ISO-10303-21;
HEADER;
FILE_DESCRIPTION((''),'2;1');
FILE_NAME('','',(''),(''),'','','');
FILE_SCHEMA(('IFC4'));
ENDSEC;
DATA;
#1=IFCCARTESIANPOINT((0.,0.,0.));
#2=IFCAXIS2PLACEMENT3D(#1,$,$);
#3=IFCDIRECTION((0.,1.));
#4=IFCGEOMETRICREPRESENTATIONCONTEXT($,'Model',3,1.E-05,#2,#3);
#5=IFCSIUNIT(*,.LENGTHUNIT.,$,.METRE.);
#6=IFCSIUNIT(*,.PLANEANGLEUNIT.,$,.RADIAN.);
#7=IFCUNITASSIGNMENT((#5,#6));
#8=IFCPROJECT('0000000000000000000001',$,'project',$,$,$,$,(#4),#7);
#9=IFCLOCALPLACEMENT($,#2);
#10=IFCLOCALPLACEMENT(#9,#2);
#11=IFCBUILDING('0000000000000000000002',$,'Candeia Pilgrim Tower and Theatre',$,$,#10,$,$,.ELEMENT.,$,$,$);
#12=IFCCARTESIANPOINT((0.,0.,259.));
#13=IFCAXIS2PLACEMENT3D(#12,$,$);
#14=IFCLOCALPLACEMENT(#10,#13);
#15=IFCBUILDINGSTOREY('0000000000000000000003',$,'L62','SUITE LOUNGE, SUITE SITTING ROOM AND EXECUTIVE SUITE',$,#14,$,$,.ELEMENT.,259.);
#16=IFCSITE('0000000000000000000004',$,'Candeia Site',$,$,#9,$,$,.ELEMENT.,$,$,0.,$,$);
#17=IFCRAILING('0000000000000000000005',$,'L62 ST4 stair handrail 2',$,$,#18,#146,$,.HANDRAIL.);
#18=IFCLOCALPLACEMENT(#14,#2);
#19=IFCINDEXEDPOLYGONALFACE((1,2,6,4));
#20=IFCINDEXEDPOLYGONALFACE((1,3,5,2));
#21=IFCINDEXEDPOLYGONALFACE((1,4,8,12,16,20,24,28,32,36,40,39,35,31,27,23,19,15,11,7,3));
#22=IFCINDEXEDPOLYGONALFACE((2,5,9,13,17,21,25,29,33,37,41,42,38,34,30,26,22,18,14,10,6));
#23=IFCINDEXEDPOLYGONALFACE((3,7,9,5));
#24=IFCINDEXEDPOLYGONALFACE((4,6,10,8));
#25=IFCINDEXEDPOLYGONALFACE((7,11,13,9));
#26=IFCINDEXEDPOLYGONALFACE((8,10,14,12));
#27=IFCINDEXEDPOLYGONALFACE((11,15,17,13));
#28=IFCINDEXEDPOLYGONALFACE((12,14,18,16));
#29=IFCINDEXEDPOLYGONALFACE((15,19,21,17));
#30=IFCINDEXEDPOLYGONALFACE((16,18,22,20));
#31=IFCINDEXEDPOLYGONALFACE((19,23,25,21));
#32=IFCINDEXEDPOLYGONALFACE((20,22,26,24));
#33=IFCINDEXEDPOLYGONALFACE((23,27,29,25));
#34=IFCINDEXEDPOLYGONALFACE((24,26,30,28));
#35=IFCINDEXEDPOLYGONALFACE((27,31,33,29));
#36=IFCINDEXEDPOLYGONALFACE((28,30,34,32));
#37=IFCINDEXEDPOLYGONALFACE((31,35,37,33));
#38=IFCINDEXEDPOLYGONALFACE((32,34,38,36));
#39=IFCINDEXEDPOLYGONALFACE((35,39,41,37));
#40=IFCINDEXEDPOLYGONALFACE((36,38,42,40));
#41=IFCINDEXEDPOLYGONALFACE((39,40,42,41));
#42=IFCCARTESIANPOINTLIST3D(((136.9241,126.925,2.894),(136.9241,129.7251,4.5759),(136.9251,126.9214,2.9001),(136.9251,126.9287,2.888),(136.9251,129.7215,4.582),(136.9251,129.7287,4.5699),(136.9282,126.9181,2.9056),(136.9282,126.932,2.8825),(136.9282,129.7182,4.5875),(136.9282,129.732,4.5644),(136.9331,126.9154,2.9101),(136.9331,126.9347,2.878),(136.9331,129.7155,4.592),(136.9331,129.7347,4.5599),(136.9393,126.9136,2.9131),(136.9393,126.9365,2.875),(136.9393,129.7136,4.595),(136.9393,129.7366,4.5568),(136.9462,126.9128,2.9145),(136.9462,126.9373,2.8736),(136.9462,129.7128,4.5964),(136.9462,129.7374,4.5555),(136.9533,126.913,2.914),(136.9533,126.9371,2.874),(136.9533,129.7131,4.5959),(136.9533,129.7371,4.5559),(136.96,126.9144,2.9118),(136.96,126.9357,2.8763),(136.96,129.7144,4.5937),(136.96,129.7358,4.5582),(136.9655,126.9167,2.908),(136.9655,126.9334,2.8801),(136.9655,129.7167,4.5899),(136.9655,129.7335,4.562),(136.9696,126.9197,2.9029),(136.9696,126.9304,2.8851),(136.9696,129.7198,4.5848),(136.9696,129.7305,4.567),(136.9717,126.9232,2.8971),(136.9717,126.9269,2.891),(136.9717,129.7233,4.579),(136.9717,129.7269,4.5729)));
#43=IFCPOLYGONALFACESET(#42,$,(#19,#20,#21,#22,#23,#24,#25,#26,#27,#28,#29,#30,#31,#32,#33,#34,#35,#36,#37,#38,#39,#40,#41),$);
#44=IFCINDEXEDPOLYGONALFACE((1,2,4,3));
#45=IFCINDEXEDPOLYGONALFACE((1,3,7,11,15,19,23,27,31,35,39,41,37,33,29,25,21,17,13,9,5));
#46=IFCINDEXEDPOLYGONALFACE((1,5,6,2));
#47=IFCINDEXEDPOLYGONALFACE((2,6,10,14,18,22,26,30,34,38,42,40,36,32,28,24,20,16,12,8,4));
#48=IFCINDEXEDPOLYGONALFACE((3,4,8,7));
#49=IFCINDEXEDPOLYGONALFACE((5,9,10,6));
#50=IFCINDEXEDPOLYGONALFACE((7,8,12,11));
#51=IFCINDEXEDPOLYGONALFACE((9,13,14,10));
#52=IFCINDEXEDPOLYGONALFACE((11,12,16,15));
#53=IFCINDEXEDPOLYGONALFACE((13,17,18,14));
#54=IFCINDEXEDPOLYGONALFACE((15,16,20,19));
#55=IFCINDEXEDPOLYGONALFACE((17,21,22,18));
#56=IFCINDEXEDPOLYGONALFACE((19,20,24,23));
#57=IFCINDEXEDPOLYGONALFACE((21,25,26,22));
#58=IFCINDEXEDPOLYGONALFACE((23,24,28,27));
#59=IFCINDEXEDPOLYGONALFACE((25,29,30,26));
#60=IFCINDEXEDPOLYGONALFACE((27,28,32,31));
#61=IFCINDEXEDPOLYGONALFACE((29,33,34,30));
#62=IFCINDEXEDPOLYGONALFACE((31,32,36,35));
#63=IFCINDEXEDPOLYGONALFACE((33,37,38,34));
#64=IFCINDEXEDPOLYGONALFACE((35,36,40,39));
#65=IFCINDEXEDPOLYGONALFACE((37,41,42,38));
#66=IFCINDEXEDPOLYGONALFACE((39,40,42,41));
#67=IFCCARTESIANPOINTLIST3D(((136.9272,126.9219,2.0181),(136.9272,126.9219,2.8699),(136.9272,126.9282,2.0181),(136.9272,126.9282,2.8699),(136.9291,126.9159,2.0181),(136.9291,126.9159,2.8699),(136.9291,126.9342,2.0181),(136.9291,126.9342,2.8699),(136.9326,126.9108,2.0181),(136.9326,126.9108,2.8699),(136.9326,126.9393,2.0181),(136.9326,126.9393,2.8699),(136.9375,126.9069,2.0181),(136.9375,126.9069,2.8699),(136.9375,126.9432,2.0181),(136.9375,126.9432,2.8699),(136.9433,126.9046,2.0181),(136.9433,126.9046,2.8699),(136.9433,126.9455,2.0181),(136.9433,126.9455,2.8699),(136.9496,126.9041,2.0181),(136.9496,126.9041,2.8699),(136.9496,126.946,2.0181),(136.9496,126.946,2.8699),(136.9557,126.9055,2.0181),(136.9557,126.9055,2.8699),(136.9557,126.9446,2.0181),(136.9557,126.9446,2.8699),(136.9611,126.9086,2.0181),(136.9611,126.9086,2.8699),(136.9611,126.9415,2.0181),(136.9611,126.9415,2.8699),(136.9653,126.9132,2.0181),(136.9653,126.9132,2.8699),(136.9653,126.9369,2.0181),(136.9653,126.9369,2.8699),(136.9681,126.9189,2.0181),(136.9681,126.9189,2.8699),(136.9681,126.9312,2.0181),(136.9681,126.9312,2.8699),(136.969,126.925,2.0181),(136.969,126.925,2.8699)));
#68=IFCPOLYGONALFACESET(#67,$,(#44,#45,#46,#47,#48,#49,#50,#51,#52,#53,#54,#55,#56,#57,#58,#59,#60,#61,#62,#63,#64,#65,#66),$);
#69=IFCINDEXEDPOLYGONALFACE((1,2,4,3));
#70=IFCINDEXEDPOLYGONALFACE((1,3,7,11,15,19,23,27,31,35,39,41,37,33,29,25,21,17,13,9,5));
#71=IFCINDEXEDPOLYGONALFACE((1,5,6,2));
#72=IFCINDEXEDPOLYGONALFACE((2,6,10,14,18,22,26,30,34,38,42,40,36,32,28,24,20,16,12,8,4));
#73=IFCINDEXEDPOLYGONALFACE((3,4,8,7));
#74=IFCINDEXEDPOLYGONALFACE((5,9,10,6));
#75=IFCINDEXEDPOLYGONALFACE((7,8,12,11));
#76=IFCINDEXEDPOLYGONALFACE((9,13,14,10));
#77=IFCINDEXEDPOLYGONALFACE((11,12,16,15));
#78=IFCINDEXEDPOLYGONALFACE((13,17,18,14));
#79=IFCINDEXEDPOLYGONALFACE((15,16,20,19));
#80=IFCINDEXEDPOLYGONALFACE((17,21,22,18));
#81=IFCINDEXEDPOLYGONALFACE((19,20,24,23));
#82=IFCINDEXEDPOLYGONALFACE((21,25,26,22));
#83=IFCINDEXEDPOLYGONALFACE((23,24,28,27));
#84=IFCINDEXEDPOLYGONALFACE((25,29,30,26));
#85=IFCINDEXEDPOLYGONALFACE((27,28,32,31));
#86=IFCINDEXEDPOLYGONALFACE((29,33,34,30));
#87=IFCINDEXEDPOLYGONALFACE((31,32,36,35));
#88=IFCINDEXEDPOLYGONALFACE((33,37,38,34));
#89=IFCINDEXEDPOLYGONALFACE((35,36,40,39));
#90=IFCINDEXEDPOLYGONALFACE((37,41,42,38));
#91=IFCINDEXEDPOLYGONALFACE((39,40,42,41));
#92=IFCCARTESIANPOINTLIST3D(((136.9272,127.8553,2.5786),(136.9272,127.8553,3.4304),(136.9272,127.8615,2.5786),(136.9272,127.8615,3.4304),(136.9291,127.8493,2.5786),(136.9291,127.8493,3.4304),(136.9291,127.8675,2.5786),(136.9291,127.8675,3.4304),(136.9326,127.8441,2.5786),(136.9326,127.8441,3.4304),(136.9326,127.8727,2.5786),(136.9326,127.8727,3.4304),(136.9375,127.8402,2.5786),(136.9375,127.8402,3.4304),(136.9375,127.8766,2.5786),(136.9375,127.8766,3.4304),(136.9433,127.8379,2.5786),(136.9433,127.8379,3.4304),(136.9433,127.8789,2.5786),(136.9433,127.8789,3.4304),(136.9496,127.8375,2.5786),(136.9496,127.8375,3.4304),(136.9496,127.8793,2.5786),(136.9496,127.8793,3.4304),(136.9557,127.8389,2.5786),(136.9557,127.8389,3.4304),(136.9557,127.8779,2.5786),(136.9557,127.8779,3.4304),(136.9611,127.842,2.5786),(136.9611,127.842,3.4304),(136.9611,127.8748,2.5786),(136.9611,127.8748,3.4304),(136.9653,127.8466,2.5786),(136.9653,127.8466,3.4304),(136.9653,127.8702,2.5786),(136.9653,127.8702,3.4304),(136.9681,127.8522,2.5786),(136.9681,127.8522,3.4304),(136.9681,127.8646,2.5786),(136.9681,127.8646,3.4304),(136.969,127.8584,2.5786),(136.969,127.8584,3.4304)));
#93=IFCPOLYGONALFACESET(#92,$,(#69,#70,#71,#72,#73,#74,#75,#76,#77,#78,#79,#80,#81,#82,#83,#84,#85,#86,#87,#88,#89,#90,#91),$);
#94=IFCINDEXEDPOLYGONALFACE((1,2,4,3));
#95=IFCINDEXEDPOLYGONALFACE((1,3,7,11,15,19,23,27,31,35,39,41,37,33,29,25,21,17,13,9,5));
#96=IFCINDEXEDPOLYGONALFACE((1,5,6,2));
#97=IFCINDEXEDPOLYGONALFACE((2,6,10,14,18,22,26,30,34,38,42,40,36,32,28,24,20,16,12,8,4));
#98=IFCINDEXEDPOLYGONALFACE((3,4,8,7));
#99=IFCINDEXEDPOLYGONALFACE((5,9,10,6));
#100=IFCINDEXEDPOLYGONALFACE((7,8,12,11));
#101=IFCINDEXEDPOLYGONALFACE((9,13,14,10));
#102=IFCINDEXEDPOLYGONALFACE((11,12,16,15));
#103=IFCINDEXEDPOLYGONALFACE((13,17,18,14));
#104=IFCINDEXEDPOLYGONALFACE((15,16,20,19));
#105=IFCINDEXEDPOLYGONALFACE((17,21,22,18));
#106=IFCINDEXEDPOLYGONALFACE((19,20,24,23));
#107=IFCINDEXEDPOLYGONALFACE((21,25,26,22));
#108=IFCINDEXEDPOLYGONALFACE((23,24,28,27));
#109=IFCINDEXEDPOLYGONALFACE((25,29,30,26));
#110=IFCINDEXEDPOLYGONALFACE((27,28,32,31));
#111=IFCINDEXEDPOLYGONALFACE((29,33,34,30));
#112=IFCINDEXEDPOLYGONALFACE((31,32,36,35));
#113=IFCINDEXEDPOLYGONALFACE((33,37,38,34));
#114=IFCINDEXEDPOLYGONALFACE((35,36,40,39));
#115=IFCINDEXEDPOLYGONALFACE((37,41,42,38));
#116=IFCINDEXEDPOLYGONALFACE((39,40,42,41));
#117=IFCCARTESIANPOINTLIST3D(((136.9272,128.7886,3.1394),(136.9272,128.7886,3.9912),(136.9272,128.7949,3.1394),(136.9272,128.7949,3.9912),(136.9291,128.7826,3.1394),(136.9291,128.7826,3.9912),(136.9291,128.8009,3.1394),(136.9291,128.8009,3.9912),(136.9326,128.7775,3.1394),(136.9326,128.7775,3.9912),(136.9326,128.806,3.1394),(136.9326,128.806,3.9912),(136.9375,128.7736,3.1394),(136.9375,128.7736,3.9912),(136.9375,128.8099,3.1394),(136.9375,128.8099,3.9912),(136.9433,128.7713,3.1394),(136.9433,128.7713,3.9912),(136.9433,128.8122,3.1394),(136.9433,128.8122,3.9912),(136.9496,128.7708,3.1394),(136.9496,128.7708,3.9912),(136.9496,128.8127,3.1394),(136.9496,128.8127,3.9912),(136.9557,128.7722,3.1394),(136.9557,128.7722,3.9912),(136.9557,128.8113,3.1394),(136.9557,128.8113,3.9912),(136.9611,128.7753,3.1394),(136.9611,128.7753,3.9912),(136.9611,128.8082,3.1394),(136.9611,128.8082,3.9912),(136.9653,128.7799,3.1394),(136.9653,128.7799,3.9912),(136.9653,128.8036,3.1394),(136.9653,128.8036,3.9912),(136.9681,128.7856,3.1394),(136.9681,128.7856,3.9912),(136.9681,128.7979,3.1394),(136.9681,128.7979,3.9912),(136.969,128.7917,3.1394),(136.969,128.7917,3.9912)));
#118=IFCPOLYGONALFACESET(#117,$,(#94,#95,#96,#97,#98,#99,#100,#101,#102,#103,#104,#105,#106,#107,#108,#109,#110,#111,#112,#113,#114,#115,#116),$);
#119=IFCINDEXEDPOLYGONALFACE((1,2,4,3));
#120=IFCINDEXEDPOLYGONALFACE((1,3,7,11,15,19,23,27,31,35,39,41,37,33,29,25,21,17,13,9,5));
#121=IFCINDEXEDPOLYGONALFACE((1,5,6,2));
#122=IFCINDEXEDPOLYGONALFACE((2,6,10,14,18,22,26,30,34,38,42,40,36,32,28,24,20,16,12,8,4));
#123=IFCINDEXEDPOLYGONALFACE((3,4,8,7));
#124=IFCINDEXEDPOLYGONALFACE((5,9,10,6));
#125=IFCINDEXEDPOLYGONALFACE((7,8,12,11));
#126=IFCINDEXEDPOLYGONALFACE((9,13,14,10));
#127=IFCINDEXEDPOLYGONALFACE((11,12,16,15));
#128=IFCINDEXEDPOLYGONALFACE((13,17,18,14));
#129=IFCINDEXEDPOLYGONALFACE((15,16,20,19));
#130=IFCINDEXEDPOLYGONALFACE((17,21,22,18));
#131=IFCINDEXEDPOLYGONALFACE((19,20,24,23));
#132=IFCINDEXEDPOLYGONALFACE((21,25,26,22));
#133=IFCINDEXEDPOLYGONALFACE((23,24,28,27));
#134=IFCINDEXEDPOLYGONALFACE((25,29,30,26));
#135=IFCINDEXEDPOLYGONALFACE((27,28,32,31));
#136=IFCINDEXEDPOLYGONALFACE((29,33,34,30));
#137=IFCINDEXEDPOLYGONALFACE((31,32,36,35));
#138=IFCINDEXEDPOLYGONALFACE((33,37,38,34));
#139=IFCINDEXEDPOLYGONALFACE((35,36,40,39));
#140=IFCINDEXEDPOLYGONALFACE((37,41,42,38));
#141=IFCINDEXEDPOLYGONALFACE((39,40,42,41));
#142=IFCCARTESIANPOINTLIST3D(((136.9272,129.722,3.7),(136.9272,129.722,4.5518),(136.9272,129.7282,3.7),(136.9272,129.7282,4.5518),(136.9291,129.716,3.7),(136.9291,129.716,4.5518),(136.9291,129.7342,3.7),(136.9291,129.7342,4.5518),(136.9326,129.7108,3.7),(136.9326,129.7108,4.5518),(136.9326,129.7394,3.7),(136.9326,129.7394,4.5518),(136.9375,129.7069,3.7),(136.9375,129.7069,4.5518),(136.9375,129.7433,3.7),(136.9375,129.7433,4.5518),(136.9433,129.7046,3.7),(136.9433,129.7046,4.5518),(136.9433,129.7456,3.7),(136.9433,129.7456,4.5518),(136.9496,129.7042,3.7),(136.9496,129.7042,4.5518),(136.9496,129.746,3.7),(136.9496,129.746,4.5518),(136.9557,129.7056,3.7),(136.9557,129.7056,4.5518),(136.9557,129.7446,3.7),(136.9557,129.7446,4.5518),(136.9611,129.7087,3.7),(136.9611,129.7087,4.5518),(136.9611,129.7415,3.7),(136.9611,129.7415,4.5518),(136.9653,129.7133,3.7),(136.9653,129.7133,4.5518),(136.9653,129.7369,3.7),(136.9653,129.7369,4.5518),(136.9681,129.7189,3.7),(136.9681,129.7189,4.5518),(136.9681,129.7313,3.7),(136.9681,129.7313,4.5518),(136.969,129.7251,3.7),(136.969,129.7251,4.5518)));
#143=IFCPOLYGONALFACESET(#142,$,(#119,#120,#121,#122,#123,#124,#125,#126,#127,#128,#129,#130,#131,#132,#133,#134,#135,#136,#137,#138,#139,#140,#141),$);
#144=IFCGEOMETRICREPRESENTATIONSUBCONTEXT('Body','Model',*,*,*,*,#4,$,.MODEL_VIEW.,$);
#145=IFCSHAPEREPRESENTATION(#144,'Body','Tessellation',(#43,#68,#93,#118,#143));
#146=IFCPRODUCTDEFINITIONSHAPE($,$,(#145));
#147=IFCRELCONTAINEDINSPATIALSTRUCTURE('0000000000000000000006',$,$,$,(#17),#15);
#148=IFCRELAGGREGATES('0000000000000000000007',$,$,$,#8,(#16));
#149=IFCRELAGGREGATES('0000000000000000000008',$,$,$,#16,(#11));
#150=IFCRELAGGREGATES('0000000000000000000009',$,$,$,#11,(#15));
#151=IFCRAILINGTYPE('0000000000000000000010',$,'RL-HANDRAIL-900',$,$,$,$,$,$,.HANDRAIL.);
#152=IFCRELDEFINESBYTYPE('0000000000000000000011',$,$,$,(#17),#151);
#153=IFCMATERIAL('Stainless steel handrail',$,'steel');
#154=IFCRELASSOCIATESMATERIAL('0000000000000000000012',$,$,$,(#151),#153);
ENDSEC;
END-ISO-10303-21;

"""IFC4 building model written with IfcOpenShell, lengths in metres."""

from ifc_helpers import new_model, si_unit, direction, frame, origin, origin_2d, place, context, subcontext, project, spatial, circle, extrude, material, type_object, element, save


model = new_model("IFC4")

# Units and contexts
model_context = context("Model", 3, precision=1e-05, world=origin(), true_north=direction((0.0, 1.0)))
body_context = subcontext(model_context, "Body", "Model", "MODEL_VIEW")
ifc_project = project(units=[si_unit("LENGTHUNIT", "METRE"), si_unit("PLANEANGLEUNIT", "RADIAN")], contexts=[model_context])

# Site, building, storey
site_placement = place(None, origin())
site = spatial("IfcSite", under=ifc_project, at=site_placement, Name="Candeia Site", CompositionType="ELEMENT", RefElevation=0.0)
building_placement = place(site_placement, origin())
building = spatial("IfcBuilding", under=site, at=building_placement, Name="Candeia Pilgrim Tower and Theatre", CompositionType="ELEMENT")
storey_placement = place(building_placement, frame((0.0, 0.0, 259.0)))
storey = spatial("IfcBuildingStorey", under=building, at=storey_placement, Name="L62", Description="SUITE LOUNGE, SUITE SITTING ROOM AND EXECUTIVE SUITE", CompositionType="ELEMENT", Elevation=259.0)

# Railing
ifc_material_1 = material(Name="Stainless steel handrail", Category="steel")
railing_type_1 = type_object("IfcRailingType", Name="RL-HANDRAIL-900", PredefinedType="HANDRAIL", material=ifc_material_1)
railing_1_placement = place(storey_placement, frame((136.948, 126.925, 2.0181)))
element("IfcRailing", 1, at=railing_1_placement, inside=storey, type_object=railing_type_1, Name="L62 ST4 stair handrail 2", PredefinedType="HANDRAIL", context=body_context, shape_type="SweptSolid", body=[
    extrude(circle(Radius=0.0239, at=origin_2d()), frame((0.0, 0.0, 0.876), z_axis=(0.0, 0.857242, 0.514913), x_axis=(-1.0, 0.0, 0.0)), (0.0, 0.0, 1.0), 3.2664),
    extrude(circle(Radius=0.021, at=origin_2d()), origin(), (0.0, 0.0, 1.0), 0.8518),
    extrude(circle(Radius=0.021, at=origin_2d()), frame((0.0, 0.9333, 0.5605)), (0.0, 0.0, 1.0), 0.8518),
    extrude(circle(Radius=0.021, at=origin_2d()), frame((0.0, 1.8667, 1.1213)), (0.0, 0.0, 1.0), 0.8518),
    extrude(circle(Radius=0.021, at=origin_2d()), frame((0.0, 2.8, 1.6819)), (0.0, 0.0, 1.0), 0.8518),
])

save(model, "model.ifc")
